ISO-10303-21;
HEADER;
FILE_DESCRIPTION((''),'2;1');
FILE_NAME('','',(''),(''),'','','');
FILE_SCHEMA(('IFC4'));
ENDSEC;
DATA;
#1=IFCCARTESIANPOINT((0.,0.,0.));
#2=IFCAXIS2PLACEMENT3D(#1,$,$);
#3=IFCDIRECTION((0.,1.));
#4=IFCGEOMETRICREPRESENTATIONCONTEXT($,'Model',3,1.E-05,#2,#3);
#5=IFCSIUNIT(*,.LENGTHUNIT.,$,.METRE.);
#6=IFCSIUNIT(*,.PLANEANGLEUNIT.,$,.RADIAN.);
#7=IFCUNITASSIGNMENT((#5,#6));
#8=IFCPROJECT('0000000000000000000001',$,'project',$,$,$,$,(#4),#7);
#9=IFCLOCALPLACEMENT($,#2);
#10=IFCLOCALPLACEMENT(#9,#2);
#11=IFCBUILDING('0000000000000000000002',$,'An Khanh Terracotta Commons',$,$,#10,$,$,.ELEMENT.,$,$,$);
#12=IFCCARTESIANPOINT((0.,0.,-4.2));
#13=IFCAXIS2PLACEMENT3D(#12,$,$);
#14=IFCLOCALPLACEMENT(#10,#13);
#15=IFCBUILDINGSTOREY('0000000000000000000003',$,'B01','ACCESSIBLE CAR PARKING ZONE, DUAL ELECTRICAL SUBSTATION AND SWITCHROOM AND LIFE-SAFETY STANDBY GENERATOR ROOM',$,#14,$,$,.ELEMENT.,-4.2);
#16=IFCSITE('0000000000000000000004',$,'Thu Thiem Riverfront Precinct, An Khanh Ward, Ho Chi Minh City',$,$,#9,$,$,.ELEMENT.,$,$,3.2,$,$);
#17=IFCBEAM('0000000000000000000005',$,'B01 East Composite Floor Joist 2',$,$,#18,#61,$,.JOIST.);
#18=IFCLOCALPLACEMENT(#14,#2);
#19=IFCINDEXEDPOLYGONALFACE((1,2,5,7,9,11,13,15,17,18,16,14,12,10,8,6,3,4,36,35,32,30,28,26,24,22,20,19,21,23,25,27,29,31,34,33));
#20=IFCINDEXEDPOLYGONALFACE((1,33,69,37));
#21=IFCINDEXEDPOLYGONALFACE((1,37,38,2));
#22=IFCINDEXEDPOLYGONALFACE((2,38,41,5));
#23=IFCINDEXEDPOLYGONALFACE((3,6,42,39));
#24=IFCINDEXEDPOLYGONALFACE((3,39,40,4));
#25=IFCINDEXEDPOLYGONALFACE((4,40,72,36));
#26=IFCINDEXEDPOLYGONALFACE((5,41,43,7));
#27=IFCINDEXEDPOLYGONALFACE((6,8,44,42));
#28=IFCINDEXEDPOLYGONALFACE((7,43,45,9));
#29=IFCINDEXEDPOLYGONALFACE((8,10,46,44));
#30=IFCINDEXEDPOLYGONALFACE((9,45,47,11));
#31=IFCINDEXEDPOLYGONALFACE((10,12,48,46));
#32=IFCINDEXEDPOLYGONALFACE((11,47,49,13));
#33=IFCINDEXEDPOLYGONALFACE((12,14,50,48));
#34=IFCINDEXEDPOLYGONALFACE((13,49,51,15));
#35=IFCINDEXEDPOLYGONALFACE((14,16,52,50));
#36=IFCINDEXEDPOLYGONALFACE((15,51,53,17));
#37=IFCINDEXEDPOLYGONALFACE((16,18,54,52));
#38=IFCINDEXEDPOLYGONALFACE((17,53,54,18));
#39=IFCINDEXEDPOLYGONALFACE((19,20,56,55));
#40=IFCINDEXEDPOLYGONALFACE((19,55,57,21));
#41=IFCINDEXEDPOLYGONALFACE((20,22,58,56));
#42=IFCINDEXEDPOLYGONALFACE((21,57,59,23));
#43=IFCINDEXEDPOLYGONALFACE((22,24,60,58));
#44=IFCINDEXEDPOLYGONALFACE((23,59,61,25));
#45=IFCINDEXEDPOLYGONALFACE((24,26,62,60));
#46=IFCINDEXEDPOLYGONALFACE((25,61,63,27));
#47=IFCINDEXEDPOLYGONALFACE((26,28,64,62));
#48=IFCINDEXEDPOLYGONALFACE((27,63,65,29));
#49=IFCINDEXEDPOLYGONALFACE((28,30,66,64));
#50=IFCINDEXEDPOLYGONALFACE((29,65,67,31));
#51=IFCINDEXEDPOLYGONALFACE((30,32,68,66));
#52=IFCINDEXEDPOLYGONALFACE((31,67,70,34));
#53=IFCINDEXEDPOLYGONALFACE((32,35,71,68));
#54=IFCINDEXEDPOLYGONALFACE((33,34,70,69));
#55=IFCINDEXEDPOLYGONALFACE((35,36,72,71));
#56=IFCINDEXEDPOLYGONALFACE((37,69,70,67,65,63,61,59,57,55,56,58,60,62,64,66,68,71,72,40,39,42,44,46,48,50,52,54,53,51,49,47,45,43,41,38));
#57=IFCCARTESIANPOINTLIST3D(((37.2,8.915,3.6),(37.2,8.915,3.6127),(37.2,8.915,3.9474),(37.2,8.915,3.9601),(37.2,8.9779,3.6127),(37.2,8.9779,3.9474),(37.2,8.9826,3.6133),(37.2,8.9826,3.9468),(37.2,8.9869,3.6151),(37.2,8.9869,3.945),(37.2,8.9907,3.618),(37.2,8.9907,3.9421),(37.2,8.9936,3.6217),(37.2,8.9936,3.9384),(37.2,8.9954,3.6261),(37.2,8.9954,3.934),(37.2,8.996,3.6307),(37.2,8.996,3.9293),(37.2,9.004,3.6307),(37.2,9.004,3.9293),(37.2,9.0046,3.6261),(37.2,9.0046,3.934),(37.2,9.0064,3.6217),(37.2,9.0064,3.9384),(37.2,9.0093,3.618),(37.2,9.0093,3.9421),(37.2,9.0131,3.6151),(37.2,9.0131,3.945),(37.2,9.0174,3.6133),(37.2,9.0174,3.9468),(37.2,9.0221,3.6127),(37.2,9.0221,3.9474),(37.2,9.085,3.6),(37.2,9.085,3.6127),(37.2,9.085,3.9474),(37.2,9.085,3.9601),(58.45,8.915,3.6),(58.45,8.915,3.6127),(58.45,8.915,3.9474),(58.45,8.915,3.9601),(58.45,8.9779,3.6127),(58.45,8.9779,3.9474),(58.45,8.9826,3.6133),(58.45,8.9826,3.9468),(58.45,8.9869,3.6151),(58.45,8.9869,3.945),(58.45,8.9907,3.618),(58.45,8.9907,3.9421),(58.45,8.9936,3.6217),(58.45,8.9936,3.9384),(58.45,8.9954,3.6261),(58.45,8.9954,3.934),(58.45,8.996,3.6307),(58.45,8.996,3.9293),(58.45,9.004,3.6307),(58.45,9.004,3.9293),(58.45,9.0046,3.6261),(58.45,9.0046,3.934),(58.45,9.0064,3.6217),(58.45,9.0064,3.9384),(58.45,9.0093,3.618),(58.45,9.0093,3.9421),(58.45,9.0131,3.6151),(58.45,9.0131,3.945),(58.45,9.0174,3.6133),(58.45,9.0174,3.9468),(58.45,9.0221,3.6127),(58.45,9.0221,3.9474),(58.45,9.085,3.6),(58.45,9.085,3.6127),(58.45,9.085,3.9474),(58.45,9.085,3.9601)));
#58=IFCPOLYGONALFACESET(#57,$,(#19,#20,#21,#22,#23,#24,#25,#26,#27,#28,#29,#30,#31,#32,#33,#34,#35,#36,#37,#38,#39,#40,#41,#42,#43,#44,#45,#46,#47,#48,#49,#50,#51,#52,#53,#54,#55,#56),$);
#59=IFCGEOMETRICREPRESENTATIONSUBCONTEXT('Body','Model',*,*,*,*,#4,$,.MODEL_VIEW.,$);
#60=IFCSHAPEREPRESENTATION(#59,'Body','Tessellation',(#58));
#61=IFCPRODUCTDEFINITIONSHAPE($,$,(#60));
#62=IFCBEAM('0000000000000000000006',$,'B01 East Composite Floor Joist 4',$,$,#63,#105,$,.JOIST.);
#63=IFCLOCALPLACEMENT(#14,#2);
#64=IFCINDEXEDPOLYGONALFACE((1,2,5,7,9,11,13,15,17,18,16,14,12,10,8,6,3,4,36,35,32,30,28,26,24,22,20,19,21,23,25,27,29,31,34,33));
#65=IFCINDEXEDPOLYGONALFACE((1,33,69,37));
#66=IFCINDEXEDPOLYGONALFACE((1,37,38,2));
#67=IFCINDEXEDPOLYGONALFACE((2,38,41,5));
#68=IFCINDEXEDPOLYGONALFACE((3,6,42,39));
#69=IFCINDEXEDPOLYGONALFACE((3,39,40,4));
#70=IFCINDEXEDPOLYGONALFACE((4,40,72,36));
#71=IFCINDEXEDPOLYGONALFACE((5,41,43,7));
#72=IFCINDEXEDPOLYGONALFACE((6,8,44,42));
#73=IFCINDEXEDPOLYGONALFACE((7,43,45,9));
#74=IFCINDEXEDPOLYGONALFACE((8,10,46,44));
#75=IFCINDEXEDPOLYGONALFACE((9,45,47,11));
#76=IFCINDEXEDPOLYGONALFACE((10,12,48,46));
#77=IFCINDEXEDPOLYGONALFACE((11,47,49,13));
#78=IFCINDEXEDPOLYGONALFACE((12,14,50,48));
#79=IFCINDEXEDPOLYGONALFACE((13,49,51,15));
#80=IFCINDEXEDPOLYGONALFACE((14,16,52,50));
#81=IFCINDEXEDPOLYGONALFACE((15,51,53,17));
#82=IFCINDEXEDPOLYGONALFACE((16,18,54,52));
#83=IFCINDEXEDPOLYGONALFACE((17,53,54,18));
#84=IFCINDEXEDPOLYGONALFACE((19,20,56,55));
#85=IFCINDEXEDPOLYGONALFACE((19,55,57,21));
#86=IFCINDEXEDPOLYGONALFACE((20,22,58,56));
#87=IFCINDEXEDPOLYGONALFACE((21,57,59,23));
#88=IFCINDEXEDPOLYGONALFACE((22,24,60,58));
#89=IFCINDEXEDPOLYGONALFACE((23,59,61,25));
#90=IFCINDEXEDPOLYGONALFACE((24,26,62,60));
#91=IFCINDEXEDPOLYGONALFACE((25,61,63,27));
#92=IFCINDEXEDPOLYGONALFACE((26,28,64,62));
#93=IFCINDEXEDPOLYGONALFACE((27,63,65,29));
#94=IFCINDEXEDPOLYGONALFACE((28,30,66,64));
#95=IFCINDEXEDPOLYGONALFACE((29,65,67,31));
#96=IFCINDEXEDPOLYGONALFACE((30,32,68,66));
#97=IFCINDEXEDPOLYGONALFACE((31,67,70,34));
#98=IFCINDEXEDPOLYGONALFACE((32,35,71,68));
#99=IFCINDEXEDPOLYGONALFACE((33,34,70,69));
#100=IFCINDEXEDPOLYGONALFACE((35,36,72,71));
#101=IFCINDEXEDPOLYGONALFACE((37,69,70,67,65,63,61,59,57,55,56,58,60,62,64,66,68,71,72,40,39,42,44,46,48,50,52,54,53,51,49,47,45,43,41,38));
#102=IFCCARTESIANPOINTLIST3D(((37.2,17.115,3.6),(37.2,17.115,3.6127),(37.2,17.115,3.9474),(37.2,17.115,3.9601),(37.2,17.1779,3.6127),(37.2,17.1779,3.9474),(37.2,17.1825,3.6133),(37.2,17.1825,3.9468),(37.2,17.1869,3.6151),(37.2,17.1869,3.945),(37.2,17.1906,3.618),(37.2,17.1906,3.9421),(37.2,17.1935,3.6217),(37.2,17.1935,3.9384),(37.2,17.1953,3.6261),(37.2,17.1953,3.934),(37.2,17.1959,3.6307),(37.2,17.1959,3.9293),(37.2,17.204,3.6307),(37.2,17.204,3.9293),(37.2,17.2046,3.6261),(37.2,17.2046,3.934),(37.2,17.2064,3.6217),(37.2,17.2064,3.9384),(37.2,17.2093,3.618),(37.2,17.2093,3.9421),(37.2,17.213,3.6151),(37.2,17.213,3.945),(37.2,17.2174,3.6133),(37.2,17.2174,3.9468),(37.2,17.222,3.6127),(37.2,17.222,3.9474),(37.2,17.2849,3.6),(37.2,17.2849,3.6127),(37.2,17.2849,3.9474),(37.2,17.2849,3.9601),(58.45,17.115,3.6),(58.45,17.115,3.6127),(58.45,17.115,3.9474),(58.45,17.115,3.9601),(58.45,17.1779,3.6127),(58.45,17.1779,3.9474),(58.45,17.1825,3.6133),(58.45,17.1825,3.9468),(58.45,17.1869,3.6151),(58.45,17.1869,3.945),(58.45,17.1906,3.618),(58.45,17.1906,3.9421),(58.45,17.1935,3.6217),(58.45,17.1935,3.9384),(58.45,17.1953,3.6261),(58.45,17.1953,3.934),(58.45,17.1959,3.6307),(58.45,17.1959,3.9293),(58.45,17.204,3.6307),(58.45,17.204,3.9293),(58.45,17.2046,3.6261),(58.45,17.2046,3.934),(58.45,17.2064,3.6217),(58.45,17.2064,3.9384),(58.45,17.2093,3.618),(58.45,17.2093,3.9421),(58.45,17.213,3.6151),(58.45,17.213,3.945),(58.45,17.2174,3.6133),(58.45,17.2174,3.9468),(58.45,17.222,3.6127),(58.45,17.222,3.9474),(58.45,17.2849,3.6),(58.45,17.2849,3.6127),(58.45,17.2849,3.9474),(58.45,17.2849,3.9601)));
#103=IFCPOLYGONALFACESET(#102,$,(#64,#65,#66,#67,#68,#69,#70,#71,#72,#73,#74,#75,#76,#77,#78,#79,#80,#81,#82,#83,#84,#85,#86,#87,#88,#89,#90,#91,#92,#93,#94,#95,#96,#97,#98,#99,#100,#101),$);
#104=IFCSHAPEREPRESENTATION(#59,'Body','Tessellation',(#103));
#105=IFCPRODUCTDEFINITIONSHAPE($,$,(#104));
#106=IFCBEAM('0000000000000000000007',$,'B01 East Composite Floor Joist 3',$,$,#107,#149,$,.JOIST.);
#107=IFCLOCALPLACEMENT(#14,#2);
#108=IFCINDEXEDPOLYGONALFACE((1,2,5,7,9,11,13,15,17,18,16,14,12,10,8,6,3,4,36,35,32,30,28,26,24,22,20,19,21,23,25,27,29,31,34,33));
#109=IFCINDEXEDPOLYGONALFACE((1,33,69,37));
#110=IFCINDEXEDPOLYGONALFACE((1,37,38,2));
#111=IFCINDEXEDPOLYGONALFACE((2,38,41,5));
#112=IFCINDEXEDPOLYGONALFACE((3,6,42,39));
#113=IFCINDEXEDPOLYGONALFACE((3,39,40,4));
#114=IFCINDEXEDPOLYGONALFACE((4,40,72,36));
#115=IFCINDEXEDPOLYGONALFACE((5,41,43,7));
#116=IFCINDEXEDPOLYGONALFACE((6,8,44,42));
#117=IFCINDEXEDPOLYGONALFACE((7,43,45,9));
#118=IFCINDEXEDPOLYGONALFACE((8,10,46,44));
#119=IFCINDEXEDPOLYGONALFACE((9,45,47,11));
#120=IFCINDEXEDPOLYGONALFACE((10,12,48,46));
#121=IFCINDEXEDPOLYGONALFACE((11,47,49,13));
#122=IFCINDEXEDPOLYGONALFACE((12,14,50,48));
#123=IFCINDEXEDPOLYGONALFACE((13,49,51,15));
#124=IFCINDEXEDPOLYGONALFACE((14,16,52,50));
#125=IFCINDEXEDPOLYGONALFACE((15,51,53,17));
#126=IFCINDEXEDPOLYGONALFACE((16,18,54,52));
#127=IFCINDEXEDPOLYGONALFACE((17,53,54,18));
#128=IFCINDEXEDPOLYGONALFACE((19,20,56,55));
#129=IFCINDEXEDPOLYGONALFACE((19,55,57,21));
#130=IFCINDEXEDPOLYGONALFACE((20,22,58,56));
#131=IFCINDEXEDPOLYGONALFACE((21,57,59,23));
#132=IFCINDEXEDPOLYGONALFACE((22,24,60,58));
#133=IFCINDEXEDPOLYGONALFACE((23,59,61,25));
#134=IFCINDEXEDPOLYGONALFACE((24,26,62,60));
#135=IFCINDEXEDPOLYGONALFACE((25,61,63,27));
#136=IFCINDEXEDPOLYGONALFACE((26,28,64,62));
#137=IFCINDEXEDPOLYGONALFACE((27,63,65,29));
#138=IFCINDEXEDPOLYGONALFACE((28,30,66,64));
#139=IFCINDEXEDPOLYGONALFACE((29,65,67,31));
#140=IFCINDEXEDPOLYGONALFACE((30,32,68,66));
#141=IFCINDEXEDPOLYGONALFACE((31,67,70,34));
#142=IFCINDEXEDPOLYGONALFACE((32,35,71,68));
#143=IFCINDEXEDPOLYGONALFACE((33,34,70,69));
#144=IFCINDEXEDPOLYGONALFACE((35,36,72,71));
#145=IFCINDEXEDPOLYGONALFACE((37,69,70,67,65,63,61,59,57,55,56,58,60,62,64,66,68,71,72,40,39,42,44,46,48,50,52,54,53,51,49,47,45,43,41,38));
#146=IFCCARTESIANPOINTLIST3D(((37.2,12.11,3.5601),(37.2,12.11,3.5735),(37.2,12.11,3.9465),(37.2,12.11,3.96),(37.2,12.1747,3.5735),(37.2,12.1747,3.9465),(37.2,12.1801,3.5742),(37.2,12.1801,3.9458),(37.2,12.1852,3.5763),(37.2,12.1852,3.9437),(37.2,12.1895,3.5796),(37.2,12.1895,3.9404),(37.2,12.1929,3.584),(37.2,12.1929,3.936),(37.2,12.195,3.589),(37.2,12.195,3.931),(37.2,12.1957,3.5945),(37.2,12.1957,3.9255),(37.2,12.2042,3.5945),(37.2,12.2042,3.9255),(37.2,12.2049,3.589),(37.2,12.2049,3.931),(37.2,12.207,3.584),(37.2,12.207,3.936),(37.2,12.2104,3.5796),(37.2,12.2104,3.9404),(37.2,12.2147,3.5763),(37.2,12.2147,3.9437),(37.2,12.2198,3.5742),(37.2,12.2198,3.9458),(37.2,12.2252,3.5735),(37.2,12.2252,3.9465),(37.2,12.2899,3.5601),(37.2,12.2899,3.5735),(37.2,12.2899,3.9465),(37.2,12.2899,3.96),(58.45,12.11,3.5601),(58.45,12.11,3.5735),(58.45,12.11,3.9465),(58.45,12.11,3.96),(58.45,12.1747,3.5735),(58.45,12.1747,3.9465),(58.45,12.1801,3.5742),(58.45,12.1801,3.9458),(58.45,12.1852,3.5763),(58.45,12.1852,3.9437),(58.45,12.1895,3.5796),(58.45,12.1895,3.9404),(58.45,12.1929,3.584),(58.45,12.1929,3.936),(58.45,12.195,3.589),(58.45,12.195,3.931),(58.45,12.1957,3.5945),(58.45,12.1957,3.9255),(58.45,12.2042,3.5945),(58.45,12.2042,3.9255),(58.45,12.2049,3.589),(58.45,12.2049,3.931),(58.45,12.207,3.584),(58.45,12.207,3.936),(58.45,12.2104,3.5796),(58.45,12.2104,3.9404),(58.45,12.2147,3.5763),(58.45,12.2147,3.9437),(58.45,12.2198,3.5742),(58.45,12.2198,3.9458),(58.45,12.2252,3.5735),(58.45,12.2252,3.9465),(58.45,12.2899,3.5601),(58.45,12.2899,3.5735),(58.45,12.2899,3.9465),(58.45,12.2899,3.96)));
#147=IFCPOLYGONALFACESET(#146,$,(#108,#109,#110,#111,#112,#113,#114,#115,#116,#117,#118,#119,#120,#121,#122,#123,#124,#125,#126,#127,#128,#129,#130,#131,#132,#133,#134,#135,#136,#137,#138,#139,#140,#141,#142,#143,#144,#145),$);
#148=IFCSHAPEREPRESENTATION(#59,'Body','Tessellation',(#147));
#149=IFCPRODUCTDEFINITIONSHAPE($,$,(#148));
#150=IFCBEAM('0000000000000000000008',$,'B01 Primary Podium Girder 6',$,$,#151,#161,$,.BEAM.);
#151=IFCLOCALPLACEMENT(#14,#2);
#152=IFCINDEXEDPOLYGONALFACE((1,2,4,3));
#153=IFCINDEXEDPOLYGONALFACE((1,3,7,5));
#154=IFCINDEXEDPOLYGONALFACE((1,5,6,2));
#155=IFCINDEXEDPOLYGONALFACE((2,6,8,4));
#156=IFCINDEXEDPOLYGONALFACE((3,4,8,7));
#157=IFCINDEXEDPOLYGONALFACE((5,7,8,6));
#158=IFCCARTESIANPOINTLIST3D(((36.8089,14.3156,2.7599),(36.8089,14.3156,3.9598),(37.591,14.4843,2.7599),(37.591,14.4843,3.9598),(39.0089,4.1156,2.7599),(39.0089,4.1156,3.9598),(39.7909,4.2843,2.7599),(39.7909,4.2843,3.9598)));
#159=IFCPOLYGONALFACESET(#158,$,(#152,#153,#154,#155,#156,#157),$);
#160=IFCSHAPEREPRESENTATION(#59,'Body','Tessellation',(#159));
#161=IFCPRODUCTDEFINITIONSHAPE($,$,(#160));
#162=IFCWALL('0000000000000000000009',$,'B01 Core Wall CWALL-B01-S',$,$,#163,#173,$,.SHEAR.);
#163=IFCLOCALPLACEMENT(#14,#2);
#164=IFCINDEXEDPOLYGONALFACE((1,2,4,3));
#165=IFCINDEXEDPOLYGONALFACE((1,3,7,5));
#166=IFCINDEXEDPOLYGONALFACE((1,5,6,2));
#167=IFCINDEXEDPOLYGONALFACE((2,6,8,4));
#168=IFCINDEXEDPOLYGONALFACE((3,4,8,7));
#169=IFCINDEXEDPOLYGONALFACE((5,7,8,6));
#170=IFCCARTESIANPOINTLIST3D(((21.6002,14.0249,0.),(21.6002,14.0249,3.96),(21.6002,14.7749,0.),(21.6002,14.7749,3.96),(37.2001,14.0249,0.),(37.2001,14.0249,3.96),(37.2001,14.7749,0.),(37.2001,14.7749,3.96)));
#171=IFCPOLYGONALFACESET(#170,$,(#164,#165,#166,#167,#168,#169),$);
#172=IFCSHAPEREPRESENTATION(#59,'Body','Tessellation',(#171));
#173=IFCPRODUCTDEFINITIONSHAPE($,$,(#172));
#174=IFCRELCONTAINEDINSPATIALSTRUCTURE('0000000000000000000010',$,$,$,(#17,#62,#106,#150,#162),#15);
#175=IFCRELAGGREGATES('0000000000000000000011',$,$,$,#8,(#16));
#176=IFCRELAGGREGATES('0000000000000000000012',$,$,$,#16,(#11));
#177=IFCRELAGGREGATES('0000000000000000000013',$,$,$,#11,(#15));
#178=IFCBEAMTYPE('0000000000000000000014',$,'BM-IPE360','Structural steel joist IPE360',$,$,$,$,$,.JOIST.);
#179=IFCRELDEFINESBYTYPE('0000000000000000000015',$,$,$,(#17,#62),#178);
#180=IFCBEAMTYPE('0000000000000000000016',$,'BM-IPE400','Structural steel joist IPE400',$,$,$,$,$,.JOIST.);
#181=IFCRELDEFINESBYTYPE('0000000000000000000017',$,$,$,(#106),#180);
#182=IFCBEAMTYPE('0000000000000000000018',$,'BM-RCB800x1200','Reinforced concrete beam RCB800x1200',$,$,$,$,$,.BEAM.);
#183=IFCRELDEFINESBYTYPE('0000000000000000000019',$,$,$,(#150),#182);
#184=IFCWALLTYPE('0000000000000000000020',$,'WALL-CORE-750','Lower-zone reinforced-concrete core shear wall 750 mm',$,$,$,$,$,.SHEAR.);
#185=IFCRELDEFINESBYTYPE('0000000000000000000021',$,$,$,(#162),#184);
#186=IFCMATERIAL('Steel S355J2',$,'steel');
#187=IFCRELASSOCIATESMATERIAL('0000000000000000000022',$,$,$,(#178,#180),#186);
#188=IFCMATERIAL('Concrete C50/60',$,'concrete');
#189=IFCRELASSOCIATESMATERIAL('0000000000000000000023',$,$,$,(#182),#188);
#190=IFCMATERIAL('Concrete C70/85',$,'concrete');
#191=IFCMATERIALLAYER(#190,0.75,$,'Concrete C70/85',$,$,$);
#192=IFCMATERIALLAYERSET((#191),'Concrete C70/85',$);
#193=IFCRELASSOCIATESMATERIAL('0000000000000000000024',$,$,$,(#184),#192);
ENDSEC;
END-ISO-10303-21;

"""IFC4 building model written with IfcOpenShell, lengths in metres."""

from ifc_helpers import new_model, si_unit, direction, frame, frame_2d, origin, origin_2d, place, context, subcontext, project, spatial, rectangle, i_section, extrude, material, layer, layer_set, material_profile, profile_set, type_object, element, save


model = new_model("IFC4")

# Units and contexts
model_context = context("Model", 3, precision=1e-05, world=origin(), true_north=direction((0.0, 1.0)))
body_context = subcontext(model_context, "Body", "Model", "MODEL_VIEW")
ifc_project = project(units=[si_unit("LENGTHUNIT", "METRE"), si_unit("PLANEANGLEUNIT", "RADIAN")], contexts=[model_context])

# Site, building, storey
site_placement = place(None, origin())
site = spatial("IfcSite", under=ifc_project, at=site_placement, Name="Thu Thiem Riverfront Precinct, An Khanh Ward, Ho Chi Minh City", CompositionType="ELEMENT", RefElevation=3.2)
building_placement = place(site_placement, origin())
building = spatial("IfcBuilding", under=site, at=building_placement, Name="An Khanh Terracotta Commons", CompositionType="ELEMENT")
storey_placement = place(building_placement, frame((0.0, 0.0, -4.2)))
storey = spatial("IfcBuildingStorey", under=building, at=storey_placement, Name="B01", Description="ACCESSIBLE CAR PARKING ZONE, DUAL ELECTRICAL SUBSTATION AND SWITCHROOM AND LIFE-SAFETY STANDBY GENERATOR ROOM", CompositionType="ELEMENT", Elevation=-4.2)

# Shared definitions
ifc_material_1 = material(Name="Concrete C70/85", Category="concrete")

# Beams
ifc_material_2 = material(Name="Steel S355J2", Category="steel")
ifc_material_profile_1 = material_profile(ifc_material_2, i_section(OverallWidth=0.1699, OverallDepth=0.3601, WebThickness=0.0081, FlangeThickness=0.0127, FilletRadius=0.0181, at=origin_2d()), Name="IPE360")
ifc_profile_set_1 = profile_set([ifc_material_profile_1], Name="Steel S355J2")
beam_type_1 = type_object("IfcBeamType", Name="BM-IPE360", Description="Structural steel joist IPE360", PredefinedType="JOIST", material=ifc_profile_set_1)
for number, where, z_axis, x_axis, name in (
    (1, (37.2, 9.0, 3.78), (1.0, 0.0, 0.0), (0.0, 1.0, 0.0), "B01 East Composite Floor Joist 2"),
    (2, (37.2, 17.2, 3.78), (1.0, 0.0, 0.0), (0.0, 1.0, 0.0), "B01 East Composite Floor Joist 4"),
):
    element("IfcBeam", number, at=place(storey_placement, frame(where, z_axis=z_axis, x_axis=x_axis)), inside=storey, type_object=beam_type_1, Name=name, PredefinedType="JOIST", context=body_context, shape_type="SweptSolid", body=[
        extrude(i_section(OverallWidth=0.1699, OverallDepth=0.3601, WebThickness=0.0081, FlangeThickness=0.0127, FilletRadius=0.0181, at=origin_2d()), origin(), (0.0, 0.0, 1.0), 21.25),
    ])
ifc_material_profile_2 = material_profile(ifc_material_2, i_section(OverallWidth=0.1799, OverallDepth=0.3999, WebThickness=0.0085, FlangeThickness=0.0134, FilletRadius=0.021, at=origin_2d()), Name="IPE400")
ifc_profile_set_2 = profile_set([ifc_material_profile_2], Name="Steel S355J2")
beam_type_2 = type_object("IfcBeamType", Name="BM-IPE400", Description="Structural steel joist IPE400", PredefinedType="JOIST", material=ifc_profile_set_2)
beam_1_placement = place(storey_placement, frame((37.2, 12.2, 3.76), z_axis=(1.0, 0.0, 0.0), x_axis=(0.0, 1.0, 0.0)))
element("IfcBeam", 3, at=beam_1_placement, inside=storey, type_object=beam_type_2, Name="B01 East Composite Floor Joist 3", PredefinedType="JOIST", context=body_context, shape_type="SweptSolid", body=[
    extrude(i_section(OverallWidth=0.1799, OverallDepth=0.3999, WebThickness=0.0085, FlangeThickness=0.0134, FilletRadius=0.021, at=origin_2d()), origin(), (0.0, 0.0, 1.0), 21.25),
])
ifc_material_3 = material(Name="Concrete C50/60", Category="concrete")
ifc_material_profile_3 = material_profile(ifc_material_3, rectangle(XDim=0.8, YDim=1.2, at=origin_2d()), Name="RCB800x1200")
ifc_profile_set_3 = profile_set([ifc_material_profile_3], Name="Concrete C50/60")
beam_type_3 = type_object("IfcBeamType", Name="BM-RCB800x1200", Description="Reinforced concrete beam RCB800x1200", PredefinedType="BEAM", material=ifc_profile_set_3)
beam_2_placement = place(storey_placement, frame((39.3999, 4.2, 3.3599), z_axis=(-0.210834, 0.977522, 0.0), x_axis=(-0.977522, -0.210834, 0.0)))
element("IfcBeam", 4, at=beam_2_placement, inside=storey, type_object=beam_type_3, Name="B01 Primary Podium Girder 6", PredefinedType="BEAM", context=body_context, shape_type="SweptSolid", body=[
    extrude(rectangle(XDim=0.8, YDim=1.2, at=origin_2d()), origin(), (0.0, 0.0, 1.0), 10.4346),
])

# Wall
ifc_layer_1 = layer(ifc_material_1, 0.75, Name="Concrete C70/85")
ifc_layer_set_1 = layer_set([ifc_layer_1], Name="Concrete C70/85")
wall_type_1 = type_object("IfcWallType", Name="WALL-CORE-750", Description="Lower-zone reinforced-concrete core shear wall 750 mm", PredefinedType="SHEAR", material=ifc_layer_set_1)
wall_1_placement = place(storey_placement, frame((37.2, 14.3999, 0.0), z_axis=(0.0, 0.0, 1.0), x_axis=(-1.0, 0.0, 0.0)))
element("IfcWall", 5, at=wall_1_placement, inside=storey, type_object=wall_type_1, Name="B01 Core Wall CWALL-B01-S", PredefinedType="SHEAR", context=body_context, shape_type="SweptSolid", body=[
    extrude(rectangle(XDim=15.5999, YDim=0.75, at=frame_2d((7.7998, 0.0))), origin(), (0.0, 0.0, 1.0), 3.96),
])

save(model, "model.ifc")
